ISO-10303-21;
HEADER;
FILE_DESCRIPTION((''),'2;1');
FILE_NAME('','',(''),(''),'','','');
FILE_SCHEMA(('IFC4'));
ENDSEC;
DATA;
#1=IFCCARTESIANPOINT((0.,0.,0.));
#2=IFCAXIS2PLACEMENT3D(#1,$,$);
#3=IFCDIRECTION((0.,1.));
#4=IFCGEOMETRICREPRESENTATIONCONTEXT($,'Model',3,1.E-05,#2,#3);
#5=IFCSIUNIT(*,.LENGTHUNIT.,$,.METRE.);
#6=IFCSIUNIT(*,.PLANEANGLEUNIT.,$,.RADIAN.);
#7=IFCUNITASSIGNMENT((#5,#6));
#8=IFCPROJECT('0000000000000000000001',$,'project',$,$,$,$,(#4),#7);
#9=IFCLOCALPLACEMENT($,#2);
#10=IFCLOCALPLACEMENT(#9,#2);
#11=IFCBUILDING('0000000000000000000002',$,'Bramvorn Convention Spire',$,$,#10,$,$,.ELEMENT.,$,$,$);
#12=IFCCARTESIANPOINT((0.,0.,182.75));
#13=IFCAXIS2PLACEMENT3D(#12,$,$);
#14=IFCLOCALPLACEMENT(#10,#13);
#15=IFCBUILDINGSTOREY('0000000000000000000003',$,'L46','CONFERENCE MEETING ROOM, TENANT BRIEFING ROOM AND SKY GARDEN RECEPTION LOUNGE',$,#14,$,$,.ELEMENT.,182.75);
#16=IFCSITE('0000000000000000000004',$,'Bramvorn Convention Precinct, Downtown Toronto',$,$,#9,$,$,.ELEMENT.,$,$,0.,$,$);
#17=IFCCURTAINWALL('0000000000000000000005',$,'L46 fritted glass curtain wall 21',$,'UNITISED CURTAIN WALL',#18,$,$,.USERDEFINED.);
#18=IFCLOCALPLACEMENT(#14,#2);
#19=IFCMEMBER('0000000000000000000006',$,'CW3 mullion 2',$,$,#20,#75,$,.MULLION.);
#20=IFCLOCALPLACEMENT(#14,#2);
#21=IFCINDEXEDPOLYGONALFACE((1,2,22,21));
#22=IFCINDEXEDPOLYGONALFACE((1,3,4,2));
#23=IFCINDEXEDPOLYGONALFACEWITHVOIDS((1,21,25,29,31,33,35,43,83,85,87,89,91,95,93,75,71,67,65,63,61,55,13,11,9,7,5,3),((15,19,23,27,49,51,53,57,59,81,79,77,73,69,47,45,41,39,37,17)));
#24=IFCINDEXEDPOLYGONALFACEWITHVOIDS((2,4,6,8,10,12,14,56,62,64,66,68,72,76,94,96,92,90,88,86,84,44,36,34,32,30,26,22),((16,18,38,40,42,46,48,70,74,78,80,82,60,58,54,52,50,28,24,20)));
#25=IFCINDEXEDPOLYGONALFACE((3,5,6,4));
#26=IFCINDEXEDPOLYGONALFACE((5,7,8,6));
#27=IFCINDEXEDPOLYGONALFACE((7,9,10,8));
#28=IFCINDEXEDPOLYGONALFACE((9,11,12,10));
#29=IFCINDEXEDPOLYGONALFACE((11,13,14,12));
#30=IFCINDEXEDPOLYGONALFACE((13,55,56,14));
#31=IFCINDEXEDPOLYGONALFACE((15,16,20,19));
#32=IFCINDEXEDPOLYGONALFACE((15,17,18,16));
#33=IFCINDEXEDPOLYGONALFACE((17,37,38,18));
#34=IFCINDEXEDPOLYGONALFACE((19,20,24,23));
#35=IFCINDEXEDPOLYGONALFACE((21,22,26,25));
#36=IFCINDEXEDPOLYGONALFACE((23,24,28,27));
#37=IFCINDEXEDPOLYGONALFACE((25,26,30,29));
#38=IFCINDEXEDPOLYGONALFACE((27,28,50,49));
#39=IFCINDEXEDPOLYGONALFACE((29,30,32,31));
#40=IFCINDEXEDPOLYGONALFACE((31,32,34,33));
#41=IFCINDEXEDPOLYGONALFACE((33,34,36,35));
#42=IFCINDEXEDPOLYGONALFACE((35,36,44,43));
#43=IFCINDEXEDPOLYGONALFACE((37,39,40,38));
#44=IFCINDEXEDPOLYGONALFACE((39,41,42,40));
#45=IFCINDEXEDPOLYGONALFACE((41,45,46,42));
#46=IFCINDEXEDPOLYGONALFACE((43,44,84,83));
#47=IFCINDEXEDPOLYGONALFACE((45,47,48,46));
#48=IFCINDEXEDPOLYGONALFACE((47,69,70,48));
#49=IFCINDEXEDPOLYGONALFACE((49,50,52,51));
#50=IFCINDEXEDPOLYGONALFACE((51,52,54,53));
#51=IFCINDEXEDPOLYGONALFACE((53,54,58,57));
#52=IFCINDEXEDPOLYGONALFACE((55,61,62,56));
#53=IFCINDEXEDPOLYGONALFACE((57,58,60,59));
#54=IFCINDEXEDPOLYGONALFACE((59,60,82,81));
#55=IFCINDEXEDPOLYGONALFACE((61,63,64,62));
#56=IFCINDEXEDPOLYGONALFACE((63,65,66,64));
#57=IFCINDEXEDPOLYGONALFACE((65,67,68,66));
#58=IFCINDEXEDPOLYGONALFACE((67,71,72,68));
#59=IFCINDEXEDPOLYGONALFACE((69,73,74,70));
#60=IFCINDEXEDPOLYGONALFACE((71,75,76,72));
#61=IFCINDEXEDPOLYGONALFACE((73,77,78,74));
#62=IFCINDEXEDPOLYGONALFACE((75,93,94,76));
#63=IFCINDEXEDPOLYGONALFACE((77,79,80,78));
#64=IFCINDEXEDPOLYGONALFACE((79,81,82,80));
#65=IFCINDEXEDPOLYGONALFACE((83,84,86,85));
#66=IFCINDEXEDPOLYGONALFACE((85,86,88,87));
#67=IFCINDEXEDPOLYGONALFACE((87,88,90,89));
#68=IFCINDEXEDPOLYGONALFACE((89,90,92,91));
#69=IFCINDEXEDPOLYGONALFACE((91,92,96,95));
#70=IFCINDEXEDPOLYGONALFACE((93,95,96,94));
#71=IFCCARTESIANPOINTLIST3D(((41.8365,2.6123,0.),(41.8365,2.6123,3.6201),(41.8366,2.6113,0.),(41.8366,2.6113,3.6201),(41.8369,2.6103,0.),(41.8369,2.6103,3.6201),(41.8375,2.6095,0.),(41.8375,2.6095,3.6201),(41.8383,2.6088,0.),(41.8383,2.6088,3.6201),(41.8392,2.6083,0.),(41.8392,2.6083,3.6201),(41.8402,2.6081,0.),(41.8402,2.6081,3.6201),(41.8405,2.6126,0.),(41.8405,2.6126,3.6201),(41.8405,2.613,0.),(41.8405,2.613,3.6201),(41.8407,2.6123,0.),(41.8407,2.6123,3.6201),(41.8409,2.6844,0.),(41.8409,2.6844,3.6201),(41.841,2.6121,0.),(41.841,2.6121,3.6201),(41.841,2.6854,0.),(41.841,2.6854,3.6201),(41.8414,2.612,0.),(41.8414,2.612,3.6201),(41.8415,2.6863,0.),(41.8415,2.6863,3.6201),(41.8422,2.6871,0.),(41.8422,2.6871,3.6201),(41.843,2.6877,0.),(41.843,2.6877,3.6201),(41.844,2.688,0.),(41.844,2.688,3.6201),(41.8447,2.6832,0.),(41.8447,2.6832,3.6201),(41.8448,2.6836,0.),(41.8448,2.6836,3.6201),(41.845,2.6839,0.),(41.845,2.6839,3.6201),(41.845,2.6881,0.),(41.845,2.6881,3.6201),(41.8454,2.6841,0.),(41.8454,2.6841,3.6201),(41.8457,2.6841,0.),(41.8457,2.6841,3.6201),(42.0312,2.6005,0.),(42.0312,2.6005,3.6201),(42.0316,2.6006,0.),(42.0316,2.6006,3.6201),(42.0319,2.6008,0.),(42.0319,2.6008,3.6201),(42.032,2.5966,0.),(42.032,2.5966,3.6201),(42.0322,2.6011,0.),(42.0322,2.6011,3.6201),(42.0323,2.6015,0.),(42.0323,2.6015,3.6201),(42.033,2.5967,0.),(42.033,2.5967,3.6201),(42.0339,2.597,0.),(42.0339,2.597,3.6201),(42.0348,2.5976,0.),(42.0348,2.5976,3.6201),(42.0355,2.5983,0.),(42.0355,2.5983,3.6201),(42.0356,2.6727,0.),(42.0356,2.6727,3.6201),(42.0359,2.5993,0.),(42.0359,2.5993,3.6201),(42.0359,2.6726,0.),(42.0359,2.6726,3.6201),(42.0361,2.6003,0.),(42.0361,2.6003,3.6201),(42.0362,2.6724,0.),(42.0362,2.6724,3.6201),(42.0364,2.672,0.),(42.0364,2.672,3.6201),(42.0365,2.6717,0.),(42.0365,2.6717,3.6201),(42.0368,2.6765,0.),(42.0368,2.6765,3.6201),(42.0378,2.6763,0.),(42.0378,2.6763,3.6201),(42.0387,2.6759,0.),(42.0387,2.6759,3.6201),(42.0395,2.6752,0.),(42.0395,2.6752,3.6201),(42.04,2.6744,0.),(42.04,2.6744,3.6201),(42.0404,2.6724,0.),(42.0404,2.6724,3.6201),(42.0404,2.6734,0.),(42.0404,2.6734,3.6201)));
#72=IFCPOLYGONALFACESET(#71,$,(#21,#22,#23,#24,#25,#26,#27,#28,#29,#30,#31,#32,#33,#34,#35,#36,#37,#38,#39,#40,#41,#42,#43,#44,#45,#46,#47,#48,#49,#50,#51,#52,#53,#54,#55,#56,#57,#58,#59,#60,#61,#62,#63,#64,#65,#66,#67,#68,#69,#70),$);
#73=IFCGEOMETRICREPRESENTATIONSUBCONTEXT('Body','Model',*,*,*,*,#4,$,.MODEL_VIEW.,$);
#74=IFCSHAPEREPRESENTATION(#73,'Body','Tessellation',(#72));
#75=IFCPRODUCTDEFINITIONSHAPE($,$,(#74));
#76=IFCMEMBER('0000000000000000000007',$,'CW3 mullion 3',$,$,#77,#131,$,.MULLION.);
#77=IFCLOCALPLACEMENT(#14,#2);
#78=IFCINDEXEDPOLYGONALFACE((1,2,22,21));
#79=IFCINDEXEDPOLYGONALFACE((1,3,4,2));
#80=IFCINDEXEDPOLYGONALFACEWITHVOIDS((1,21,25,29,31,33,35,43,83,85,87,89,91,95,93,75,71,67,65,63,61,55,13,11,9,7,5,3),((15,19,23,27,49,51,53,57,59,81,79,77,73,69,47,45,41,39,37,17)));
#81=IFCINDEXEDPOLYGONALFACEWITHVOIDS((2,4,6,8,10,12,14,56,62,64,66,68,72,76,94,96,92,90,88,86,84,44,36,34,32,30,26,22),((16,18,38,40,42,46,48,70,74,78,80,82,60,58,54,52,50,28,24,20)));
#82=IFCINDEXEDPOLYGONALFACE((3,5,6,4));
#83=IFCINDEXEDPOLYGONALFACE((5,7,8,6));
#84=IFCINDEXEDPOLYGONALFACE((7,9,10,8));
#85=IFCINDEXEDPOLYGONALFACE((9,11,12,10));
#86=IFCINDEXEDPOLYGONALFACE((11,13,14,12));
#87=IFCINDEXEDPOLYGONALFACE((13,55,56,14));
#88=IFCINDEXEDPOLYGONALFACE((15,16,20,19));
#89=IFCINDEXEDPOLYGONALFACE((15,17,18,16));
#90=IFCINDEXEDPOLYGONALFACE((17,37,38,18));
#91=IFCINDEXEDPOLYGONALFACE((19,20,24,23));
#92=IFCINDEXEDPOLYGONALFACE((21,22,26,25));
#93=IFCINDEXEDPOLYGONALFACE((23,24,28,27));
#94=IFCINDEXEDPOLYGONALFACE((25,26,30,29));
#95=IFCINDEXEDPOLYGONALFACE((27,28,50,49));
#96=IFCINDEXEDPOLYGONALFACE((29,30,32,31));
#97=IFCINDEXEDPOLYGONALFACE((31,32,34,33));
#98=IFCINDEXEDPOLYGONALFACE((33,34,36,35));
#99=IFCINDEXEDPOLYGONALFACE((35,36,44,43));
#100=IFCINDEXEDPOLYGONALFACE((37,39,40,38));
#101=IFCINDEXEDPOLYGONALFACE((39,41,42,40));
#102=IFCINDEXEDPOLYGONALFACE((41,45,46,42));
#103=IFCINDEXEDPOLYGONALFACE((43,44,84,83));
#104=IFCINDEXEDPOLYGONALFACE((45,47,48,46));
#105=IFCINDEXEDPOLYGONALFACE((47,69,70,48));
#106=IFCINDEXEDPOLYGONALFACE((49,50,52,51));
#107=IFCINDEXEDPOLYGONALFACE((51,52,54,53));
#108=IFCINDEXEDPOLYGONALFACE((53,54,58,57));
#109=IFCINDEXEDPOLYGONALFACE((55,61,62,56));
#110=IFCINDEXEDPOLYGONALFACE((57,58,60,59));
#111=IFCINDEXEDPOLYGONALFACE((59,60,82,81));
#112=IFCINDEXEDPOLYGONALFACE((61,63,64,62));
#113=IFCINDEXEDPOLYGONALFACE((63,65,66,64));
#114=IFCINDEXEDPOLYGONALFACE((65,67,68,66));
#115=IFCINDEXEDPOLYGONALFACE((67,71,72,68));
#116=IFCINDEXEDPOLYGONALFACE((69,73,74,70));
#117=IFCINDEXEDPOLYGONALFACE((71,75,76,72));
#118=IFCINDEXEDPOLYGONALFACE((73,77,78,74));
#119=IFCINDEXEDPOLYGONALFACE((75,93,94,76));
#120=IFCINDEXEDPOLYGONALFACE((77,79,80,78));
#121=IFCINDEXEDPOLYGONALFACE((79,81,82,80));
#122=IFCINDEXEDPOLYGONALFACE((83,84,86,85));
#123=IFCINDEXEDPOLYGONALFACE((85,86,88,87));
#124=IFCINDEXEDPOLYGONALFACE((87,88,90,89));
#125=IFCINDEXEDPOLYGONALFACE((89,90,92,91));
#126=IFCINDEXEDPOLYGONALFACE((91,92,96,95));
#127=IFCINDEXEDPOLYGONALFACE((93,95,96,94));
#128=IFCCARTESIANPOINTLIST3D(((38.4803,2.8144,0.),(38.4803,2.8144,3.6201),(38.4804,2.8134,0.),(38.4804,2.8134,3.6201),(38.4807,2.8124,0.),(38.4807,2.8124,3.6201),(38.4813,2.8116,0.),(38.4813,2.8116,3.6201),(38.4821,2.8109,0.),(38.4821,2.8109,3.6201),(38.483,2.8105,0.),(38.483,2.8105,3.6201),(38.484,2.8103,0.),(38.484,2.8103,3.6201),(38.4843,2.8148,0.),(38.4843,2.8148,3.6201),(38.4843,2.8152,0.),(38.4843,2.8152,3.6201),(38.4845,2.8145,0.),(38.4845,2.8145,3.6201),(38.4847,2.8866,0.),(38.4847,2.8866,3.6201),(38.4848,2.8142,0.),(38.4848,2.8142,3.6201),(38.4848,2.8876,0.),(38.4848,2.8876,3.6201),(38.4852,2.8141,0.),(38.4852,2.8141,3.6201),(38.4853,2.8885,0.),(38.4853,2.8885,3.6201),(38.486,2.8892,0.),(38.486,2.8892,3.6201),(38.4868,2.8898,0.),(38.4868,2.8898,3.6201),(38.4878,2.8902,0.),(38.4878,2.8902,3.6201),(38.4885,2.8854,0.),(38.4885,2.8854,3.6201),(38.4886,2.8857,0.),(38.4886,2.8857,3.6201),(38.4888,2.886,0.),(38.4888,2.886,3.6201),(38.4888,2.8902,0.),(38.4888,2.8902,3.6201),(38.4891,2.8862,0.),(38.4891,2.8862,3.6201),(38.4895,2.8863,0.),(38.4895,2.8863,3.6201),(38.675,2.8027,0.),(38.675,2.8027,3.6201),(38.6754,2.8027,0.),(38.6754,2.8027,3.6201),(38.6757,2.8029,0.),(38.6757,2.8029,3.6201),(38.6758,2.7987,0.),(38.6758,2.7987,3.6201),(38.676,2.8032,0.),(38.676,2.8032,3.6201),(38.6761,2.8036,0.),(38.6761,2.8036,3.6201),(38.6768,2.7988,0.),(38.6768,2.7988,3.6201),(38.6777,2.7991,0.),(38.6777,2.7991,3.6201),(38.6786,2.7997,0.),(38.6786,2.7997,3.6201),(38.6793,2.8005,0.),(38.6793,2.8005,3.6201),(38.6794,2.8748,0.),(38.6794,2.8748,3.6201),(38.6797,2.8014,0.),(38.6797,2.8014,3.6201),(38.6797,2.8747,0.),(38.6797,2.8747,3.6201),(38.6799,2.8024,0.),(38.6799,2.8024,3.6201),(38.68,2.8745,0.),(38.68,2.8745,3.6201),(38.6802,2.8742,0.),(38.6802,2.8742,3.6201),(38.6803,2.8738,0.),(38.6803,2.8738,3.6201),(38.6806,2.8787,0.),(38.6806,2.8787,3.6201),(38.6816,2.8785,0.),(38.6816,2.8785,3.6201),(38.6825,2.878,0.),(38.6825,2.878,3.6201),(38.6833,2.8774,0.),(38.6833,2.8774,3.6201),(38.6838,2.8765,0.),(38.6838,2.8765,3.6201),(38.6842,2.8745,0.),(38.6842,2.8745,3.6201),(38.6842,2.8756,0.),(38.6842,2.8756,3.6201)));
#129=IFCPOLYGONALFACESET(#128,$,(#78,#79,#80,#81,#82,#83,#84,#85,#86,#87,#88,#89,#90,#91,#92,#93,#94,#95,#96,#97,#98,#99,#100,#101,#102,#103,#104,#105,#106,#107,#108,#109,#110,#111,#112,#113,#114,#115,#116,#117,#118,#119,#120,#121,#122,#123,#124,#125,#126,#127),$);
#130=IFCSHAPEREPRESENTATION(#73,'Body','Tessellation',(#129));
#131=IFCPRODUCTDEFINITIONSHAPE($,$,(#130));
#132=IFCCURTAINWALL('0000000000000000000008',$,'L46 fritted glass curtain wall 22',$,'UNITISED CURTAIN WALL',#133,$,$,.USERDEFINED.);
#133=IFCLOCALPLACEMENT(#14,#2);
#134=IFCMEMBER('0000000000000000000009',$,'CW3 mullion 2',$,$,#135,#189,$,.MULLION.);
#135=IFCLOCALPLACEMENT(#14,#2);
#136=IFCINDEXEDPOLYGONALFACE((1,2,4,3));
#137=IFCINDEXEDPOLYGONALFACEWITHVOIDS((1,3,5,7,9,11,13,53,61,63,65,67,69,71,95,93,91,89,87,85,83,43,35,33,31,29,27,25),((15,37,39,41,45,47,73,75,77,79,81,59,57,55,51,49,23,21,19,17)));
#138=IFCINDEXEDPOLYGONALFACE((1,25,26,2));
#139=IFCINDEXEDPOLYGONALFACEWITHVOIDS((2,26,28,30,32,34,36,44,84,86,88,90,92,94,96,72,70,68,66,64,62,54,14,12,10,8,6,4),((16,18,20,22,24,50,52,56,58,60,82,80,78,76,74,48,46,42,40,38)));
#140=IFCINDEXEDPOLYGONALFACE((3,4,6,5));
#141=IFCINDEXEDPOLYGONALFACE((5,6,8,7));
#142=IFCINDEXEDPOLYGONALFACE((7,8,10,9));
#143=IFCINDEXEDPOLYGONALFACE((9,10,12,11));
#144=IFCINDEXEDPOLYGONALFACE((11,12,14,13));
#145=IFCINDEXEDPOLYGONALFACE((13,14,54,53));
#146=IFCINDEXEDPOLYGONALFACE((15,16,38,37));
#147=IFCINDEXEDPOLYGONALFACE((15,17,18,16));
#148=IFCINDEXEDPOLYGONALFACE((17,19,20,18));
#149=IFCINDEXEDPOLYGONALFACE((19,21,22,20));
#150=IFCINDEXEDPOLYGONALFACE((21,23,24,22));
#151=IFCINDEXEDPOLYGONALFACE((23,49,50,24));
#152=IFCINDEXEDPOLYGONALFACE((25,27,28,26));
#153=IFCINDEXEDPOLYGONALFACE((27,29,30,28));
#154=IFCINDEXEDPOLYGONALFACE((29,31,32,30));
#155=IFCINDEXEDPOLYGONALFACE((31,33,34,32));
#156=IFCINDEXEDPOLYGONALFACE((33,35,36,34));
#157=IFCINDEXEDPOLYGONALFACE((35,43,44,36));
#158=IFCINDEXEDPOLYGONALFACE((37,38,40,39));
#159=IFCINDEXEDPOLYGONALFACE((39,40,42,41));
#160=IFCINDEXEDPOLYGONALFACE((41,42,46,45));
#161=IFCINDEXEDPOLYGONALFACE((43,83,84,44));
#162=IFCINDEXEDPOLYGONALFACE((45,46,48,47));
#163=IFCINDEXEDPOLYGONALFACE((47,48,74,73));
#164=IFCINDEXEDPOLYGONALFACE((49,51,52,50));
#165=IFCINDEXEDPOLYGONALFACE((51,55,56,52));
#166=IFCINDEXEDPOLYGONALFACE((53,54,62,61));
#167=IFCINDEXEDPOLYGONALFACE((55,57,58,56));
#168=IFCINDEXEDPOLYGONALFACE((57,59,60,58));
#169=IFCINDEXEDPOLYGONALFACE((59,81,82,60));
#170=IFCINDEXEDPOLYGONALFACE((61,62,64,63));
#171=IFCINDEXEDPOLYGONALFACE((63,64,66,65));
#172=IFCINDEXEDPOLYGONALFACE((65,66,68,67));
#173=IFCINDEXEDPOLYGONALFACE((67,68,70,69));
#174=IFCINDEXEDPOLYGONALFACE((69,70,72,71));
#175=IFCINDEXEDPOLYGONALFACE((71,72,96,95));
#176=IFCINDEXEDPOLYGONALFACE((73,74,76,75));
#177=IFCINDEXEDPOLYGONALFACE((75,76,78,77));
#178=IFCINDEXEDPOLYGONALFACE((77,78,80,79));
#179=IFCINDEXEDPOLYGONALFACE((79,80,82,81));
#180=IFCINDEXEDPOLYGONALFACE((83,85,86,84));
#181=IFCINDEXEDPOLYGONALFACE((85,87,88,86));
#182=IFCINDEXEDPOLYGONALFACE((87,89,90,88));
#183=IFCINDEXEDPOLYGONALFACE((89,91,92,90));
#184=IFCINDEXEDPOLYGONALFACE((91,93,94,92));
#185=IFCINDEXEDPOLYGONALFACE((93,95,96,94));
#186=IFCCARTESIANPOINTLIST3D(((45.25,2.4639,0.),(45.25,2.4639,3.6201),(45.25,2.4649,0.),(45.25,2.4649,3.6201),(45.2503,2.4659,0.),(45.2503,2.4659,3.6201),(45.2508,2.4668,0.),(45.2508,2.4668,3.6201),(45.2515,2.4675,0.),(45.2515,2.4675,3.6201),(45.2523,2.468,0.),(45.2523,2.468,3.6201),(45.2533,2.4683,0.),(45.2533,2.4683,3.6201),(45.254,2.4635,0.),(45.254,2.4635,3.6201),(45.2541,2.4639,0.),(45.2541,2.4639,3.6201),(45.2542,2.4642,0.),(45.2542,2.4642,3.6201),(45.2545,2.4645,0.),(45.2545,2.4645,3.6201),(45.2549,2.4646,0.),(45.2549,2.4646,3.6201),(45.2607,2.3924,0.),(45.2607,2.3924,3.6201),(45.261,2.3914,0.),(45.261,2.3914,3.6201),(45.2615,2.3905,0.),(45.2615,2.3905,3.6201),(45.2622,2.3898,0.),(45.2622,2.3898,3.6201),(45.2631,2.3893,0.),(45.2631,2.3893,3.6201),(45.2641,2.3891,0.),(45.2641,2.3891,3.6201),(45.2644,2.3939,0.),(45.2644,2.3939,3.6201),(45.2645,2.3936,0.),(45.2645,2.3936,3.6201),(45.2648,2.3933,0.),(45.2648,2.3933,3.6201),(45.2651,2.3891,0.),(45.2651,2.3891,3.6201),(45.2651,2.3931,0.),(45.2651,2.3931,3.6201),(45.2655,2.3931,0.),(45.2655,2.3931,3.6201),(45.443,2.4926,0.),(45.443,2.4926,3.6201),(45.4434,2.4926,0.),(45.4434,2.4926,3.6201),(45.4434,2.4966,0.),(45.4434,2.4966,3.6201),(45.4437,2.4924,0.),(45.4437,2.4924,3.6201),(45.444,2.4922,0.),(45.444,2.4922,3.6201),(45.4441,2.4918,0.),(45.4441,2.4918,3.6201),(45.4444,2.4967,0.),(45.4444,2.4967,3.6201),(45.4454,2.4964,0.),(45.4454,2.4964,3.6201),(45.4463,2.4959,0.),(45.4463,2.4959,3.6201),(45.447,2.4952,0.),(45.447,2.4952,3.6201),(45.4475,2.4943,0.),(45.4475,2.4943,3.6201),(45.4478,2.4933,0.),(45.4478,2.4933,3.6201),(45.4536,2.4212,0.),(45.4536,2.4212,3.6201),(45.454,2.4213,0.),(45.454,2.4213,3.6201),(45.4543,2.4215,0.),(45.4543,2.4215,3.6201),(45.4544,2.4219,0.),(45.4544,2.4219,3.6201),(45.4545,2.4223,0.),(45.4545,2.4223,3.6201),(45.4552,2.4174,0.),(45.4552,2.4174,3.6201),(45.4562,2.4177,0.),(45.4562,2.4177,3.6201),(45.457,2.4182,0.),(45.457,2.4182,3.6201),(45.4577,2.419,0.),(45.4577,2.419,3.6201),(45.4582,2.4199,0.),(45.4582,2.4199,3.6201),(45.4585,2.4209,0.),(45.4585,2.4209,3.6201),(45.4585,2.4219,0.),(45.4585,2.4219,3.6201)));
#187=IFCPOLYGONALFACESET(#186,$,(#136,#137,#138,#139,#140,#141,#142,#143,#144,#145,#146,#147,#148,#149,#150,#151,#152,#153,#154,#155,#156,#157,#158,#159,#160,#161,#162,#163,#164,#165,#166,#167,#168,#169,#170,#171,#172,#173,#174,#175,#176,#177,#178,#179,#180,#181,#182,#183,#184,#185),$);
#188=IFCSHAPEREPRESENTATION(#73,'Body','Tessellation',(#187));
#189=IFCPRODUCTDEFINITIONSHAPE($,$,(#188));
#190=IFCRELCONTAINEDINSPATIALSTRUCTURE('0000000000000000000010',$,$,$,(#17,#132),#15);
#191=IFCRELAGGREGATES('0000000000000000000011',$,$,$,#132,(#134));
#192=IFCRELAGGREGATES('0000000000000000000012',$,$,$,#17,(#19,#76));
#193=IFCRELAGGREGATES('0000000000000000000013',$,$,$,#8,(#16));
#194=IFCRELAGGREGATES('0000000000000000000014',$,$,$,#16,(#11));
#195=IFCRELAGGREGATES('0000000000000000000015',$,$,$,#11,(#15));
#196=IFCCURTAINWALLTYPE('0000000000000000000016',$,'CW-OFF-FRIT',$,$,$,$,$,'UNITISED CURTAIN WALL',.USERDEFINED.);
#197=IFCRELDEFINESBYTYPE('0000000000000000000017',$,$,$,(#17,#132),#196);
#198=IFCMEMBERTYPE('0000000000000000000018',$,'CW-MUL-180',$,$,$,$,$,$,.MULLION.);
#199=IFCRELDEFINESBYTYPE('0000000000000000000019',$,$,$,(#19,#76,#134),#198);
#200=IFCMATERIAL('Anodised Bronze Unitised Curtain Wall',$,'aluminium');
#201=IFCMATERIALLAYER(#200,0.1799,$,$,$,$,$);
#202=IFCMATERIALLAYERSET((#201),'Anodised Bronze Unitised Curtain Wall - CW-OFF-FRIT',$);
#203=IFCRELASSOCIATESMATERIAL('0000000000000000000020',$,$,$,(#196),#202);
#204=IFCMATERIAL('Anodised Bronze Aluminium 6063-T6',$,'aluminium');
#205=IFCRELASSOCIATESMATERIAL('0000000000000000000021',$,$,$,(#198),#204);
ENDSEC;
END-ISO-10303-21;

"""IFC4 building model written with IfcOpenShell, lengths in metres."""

from ifc_helpers import new_model, si_unit, direction, frame, origin, origin_2d, place, context, subcontext, project, spatial, hollow_rectangle, extrude, material, layer, layer_set, material_profile, profile_set, type_object, element, aggregate, save


model = new_model("IFC4")

# Units and contexts
model_context = context("Model", 3, precision=1e-05, world=origin(), true_north=direction((0.0, 1.0)))
body_context = subcontext(model_context, "Body", "Model", "MODEL_VIEW")
ifc_project = project(units=[si_unit("LENGTHUNIT", "METRE"), si_unit("PLANEANGLEUNIT", "RADIAN")], contexts=[model_context])

# Site, building, storey
site_placement = place(None, origin())
site = spatial("IfcSite", under=ifc_project, at=site_placement, Name="Bramvorn Convention Precinct, Downtown Toronto", CompositionType="ELEMENT", RefElevation=0.0)
building_placement = place(site_placement, origin())
building = spatial("IfcBuilding", under=site, at=building_placement, Name="Bramvorn Convention Spire", CompositionType="ELEMENT")
storey_placement = place(building_placement, frame((0.0, 0.0, 182.75)))
storey = spatial("IfcBuildingStorey", under=building, at=storey_placement, Name="L46", Description="CONFERENCE MEETING ROOM, TENANT BRIEFING ROOM AND SKY GARDEN RECEPTION LOUNGE", CompositionType="ELEMENT", Elevation=182.75)

# Curtain wall, members
ifc_material_1 = material(Name="Anodised Bronze Unitised Curtain Wall", Category="aluminium")
ifc_layer_1 = layer(ifc_material_1, 0.1799)
ifc_layer_set_1 = layer_set([ifc_layer_1], Name="Anodised Bronze Unitised Curtain Wall - CW-OFF-FRIT")
curtain_wall_type = type_object("IfcCurtainWallType", Name="CW-OFF-FRIT", ElementType="UNITISED CURTAIN WALL", PredefinedType="USERDEFINED", material=ifc_layer_set_1)
curtain_wall_1_placement = place(storey_placement, origin())
curtain_wall_1 = element("IfcCurtainWall", 1, at=curtain_wall_1_placement, inside=storey, type_object=curtain_wall_type, Name="L46 fritted glass curtain wall 21", ObjectType="UNITISED CURTAIN WALL", PredefinedType="USERDEFINED")
ifc_material_2 = material(Name="Anodised Bronze Aluminium 6063-T6", Category="aluminium")
ifc_material_profile_1 = material_profile(ifc_material_2, hollow_rectangle(XDim=0.0801, YDim=0.2, WallThickness=0.0039, InnerFilletRadius=0.001, OuterFilletRadius=0.0039, at=origin_2d()))
ifc_profile_set_1 = profile_set([ifc_material_profile_1], Name="Anodised Bronze Aluminium 6063-T6 - CWM80X200")
member_type_1 = type_object("IfcMemberType", Name="CW-MUL-180", PredefinedType="MULLION", material=ifc_profile_set_1)
member_1_placement = place(storey_placement, frame((41.9385, 2.6423, 0.0), z_axis=(0.0, 0.0, 1.0), x_axis=(-0.060122, -0.998191, 0.0)))
member_1 = element("IfcMember", 2, at=member_1_placement, type_object=member_type_1, Name="CW3 mullion 2", PredefinedType="MULLION", context=body_context, shape_type="SweptSolid", body=[
    extrude(hollow_rectangle(XDim=0.0801, YDim=0.2, WallThickness=0.0039, InnerFilletRadius=0.001, OuterFilletRadius=0.0039, at=origin_2d()), origin(), (0.0, 0.0, 1.0), 3.6201),
])
member_2_placement = place(storey_placement, frame((38.5823, 2.8445, 0.0), z_axis=(0.0, 0.0, 1.0), x_axis=(-0.060122, -0.998191, 0.0)))
member_2 = element("IfcMember", 3, at=member_2_placement, type_object=member_type_1, Name="CW3 mullion 3", PredefinedType="MULLION", context=body_context, shape_type="SweptSolid", body=[
    extrude(hollow_rectangle(XDim=0.0801, YDim=0.2, WallThickness=0.0039, InnerFilletRadius=0.001, OuterFilletRadius=0.0039, at=origin_2d()), origin(), (0.0, 0.0, 1.0), 3.6201),
])

# Curtain wall, member
curtain_wall_2_placement = place(storey_placement, origin())
curtain_wall_2 = element("IfcCurtainWall", 4, at=curtain_wall_2_placement, inside=storey, type_object=curtain_wall_type, Name="L46 fritted glass curtain wall 22", ObjectType="UNITISED CURTAIN WALL", PredefinedType="USERDEFINED")
member_3_placement = place(storey_placement, frame((45.3542, 2.4429, 0.0), z_axis=(0.0, 0.0, 1.0), x_axis=(0.147438, -0.989071, 0.0)))
member_3 = element("IfcMember", 5, at=member_3_placement, type_object=member_type_1, Name="CW3 mullion 2", PredefinedType="MULLION", context=body_context, shape_type="SweptSolid", body=[
    extrude(hollow_rectangle(XDim=0.0801, YDim=0.2, WallThickness=0.0039, InnerFilletRadius=0.001, OuterFilletRadius=0.0039, at=origin_2d()), origin(), (0.0, 0.0, 1.0), 3.6201),
])
aggregate(curtain_wall_2, [member_3])

aggregate(curtain_wall_1, [member_1, member_2])

save(model, "model.ifc")
